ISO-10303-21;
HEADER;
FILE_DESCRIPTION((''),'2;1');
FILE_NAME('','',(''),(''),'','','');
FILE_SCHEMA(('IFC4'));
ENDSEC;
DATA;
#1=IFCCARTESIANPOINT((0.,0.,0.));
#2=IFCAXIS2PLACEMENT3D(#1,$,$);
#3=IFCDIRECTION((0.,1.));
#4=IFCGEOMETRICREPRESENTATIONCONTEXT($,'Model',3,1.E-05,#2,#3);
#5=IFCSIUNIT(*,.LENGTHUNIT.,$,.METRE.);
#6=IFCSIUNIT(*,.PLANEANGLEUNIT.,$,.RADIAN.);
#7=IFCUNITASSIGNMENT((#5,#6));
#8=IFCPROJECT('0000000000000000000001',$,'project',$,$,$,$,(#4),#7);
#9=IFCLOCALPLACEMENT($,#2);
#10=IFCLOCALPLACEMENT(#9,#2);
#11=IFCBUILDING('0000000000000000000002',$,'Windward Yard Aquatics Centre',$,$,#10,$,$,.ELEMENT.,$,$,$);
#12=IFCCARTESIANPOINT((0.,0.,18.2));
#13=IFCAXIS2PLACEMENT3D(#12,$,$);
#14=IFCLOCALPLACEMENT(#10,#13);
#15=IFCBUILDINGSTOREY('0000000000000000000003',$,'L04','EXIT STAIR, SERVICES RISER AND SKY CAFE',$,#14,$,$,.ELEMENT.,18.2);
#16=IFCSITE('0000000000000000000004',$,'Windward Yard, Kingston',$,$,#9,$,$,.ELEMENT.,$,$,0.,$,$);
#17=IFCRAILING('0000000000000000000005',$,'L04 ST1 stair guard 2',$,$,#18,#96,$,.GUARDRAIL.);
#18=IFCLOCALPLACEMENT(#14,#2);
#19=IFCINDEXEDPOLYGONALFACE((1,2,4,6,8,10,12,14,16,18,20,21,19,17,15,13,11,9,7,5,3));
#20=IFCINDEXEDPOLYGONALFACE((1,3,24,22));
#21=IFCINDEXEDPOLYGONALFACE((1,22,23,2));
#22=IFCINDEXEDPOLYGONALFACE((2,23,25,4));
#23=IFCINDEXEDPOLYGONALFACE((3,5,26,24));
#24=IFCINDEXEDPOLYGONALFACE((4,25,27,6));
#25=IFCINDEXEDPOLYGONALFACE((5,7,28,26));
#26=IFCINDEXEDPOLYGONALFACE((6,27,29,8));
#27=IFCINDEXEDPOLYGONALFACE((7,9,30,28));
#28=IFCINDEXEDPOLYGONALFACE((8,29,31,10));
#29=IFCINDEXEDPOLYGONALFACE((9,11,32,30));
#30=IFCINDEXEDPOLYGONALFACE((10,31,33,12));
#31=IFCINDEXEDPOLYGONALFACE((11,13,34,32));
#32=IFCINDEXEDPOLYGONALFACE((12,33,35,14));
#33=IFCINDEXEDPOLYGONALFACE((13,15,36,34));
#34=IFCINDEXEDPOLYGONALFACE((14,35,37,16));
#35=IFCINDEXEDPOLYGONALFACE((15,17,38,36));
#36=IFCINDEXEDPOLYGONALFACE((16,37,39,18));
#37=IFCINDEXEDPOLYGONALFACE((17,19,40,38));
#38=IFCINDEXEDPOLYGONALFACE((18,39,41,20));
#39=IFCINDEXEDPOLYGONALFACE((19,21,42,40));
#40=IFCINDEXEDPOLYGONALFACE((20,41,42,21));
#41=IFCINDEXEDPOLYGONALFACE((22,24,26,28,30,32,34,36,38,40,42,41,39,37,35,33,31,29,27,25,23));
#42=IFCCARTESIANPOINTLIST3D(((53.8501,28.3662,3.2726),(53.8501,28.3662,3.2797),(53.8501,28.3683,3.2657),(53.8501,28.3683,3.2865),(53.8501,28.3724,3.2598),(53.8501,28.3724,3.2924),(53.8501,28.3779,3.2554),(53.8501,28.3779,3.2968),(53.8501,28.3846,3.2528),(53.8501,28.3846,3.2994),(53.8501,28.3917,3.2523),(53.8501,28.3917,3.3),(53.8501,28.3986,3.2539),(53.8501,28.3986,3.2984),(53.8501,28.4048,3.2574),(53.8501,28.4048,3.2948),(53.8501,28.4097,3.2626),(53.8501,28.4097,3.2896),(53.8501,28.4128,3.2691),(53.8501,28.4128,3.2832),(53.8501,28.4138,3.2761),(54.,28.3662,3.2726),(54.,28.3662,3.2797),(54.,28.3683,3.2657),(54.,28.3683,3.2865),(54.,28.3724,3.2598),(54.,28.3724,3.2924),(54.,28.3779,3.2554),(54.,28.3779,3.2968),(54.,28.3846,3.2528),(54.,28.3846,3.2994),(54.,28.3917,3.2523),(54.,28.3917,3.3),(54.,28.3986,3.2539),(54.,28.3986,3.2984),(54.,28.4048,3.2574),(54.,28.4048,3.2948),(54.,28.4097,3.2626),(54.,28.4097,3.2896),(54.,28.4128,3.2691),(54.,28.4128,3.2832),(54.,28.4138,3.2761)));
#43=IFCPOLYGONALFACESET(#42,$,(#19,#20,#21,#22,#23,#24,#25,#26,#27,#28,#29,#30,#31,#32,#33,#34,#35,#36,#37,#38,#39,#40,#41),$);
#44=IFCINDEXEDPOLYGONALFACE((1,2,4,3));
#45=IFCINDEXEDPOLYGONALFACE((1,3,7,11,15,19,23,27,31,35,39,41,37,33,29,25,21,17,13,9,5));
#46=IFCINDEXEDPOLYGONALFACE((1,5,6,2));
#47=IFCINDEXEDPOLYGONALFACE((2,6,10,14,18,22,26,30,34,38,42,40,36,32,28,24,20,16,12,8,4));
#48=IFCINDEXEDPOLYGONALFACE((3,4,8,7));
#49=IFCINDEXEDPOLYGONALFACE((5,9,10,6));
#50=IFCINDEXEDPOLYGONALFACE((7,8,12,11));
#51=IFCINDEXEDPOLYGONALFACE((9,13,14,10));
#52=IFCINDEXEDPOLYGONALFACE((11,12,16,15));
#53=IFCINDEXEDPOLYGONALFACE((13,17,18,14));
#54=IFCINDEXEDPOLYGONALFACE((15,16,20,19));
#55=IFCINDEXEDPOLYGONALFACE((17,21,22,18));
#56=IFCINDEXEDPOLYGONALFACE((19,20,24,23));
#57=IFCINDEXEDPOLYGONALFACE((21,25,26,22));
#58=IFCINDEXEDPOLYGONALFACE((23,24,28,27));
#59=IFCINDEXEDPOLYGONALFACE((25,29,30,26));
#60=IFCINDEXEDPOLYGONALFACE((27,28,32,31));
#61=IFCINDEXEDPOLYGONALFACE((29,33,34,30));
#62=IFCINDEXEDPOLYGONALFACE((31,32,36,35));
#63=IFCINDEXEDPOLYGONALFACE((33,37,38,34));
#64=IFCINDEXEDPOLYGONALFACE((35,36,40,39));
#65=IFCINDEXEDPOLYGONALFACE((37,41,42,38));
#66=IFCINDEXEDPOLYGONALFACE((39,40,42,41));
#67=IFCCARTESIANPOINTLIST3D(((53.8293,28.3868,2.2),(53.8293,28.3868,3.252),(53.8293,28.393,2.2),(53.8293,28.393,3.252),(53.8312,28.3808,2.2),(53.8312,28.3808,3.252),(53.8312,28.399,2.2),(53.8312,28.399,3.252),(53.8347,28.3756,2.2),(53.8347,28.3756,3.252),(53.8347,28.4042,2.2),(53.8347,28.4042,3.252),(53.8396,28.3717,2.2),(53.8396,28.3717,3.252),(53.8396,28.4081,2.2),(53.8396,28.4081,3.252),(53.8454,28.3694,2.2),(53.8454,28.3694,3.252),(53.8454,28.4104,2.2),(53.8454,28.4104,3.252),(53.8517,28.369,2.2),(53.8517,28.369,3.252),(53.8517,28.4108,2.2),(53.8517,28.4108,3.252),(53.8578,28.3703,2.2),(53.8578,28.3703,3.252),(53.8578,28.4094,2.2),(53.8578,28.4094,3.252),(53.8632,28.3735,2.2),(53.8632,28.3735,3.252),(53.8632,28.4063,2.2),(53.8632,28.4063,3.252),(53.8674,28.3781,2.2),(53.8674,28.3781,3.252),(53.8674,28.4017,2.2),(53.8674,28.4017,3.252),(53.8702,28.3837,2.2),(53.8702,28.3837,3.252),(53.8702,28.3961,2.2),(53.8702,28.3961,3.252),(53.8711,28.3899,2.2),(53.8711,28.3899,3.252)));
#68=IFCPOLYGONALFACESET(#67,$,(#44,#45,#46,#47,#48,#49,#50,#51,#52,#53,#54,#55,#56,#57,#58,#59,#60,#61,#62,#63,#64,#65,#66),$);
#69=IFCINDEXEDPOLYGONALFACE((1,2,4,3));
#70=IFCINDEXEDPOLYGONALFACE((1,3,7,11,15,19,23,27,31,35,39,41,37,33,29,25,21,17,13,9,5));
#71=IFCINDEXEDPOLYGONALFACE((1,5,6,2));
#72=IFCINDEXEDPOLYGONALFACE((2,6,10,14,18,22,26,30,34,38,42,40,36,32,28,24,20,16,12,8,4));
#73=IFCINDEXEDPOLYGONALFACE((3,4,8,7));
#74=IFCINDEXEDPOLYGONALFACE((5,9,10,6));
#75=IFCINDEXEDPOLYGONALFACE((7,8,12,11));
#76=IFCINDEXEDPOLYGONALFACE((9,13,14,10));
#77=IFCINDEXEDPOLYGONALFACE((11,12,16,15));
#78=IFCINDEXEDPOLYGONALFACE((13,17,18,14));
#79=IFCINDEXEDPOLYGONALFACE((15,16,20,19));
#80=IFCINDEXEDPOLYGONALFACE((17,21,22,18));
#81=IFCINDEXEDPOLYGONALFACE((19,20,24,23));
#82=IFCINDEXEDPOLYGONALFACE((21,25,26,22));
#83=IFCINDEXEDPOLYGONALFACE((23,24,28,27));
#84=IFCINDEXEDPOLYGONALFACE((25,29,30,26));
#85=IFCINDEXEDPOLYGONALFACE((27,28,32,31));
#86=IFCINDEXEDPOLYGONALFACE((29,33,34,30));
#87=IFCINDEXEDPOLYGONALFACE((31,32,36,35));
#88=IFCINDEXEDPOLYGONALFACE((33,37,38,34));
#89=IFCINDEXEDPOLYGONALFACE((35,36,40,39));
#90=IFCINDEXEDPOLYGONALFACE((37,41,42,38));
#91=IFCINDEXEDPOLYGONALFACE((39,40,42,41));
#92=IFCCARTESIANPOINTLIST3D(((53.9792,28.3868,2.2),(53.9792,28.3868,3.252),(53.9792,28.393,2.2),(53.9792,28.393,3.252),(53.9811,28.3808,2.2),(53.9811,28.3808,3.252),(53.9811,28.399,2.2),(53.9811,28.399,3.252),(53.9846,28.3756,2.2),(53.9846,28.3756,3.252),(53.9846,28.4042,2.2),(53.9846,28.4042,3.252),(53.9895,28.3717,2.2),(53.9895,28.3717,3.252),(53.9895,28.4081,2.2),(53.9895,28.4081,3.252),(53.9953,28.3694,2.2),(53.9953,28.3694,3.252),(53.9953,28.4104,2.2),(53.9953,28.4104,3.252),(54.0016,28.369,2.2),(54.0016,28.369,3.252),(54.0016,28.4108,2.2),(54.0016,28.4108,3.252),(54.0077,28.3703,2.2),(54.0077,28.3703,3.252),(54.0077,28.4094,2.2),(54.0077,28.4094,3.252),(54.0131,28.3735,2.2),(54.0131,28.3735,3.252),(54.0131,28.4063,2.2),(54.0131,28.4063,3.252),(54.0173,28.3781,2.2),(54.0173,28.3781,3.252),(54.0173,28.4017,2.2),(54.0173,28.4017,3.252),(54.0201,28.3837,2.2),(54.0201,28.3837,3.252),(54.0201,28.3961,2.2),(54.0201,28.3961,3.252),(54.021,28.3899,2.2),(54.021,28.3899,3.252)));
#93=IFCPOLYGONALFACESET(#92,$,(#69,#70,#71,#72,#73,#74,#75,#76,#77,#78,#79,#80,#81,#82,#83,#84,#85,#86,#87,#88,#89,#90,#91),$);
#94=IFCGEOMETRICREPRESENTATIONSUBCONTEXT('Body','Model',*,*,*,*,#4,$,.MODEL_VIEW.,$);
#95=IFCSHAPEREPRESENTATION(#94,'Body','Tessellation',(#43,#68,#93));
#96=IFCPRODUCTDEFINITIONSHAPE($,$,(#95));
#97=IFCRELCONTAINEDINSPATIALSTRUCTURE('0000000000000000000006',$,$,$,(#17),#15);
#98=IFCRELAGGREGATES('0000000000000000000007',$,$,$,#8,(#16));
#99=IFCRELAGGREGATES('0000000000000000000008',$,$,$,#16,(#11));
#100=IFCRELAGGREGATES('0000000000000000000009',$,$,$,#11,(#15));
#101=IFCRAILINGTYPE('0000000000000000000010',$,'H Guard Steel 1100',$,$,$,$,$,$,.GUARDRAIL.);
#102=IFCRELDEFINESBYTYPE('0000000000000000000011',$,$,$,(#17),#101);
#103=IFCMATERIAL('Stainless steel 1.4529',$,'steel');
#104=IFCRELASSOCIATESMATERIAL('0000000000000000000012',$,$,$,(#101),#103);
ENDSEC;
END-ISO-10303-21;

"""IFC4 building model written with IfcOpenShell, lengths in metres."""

from ifc_helpers import new_model, si_unit, direction, frame, origin, origin_2d, place, context, subcontext, project, spatial, circle, extrude, material, type_object, element, save


model = new_model("IFC4")

# Units and contexts
model_context = context("Model", 3, precision=1e-05, world=origin(), true_north=direction((0.0, 1.0)))
body_context = subcontext(model_context, "Body", "Model", "MODEL_VIEW")
ifc_project = project(units=[si_unit("LENGTHUNIT", "METRE"), si_unit("PLANEANGLEUNIT", "RADIAN")], contexts=[model_context])

# Site, building, storey
site_placement = place(None, origin())
site = spatial("IfcSite", under=ifc_project, at=site_placement, Name="Windward Yard, Kingston", CompositionType="ELEMENT", RefElevation=0.0)
building_placement = place(site_placement, origin())
building = spatial("IfcBuilding", under=site, at=building_placement, Name="Windward Yard Aquatics Centre", CompositionType="ELEMENT")
storey_placement = place(building_placement, frame((0.0, 0.0, 18.2)))
storey = spatial("IfcBuildingStorey", under=building, at=storey_placement, Name="L04", Description="EXIT STAIR, SERVICES RISER AND SKY CAFE", CompositionType="ELEMENT", Elevation=18.2)

# Railing
ifc_material_1 = material(Name="Stainless steel 1.4529", Category="steel")
railing_type_1 = type_object("IfcRailingType", Name="H Guard Steel 1100", PredefinedType="GUARDRAIL", material=ifc_material_1)
railing_1_placement = place(storey_placement, frame((53.8501, 28.3899, 2.2)))
element("IfcRailing", 1, at=railing_1_placement, inside=storey, type_object=railing_type_1, Name="L04 ST1 stair guard 2", PredefinedType="GUARDRAIL", context=body_context, shape_type="SweptSolid", body=[
    extrude(circle(Radius=0.0239, at=origin_2d()), frame((0.0, 0.0, 1.0762), z_axis=(1.0, 0.0, 0.0), x_axis=(0.0, 1.0, 0.0)), (0.0, 0.0, 1.0), 0.1499),
    extrude(circle(Radius=0.021, at=origin_2d()), origin(), (0.0, 0.0, 1.0), 1.052),
    extrude(circle(Radius=0.021, at=origin_2d()), frame((0.1499, 0.0, 0.0)), (0.0, 0.0, 1.0), 1.052),
])

save(model, "model.ifc")
